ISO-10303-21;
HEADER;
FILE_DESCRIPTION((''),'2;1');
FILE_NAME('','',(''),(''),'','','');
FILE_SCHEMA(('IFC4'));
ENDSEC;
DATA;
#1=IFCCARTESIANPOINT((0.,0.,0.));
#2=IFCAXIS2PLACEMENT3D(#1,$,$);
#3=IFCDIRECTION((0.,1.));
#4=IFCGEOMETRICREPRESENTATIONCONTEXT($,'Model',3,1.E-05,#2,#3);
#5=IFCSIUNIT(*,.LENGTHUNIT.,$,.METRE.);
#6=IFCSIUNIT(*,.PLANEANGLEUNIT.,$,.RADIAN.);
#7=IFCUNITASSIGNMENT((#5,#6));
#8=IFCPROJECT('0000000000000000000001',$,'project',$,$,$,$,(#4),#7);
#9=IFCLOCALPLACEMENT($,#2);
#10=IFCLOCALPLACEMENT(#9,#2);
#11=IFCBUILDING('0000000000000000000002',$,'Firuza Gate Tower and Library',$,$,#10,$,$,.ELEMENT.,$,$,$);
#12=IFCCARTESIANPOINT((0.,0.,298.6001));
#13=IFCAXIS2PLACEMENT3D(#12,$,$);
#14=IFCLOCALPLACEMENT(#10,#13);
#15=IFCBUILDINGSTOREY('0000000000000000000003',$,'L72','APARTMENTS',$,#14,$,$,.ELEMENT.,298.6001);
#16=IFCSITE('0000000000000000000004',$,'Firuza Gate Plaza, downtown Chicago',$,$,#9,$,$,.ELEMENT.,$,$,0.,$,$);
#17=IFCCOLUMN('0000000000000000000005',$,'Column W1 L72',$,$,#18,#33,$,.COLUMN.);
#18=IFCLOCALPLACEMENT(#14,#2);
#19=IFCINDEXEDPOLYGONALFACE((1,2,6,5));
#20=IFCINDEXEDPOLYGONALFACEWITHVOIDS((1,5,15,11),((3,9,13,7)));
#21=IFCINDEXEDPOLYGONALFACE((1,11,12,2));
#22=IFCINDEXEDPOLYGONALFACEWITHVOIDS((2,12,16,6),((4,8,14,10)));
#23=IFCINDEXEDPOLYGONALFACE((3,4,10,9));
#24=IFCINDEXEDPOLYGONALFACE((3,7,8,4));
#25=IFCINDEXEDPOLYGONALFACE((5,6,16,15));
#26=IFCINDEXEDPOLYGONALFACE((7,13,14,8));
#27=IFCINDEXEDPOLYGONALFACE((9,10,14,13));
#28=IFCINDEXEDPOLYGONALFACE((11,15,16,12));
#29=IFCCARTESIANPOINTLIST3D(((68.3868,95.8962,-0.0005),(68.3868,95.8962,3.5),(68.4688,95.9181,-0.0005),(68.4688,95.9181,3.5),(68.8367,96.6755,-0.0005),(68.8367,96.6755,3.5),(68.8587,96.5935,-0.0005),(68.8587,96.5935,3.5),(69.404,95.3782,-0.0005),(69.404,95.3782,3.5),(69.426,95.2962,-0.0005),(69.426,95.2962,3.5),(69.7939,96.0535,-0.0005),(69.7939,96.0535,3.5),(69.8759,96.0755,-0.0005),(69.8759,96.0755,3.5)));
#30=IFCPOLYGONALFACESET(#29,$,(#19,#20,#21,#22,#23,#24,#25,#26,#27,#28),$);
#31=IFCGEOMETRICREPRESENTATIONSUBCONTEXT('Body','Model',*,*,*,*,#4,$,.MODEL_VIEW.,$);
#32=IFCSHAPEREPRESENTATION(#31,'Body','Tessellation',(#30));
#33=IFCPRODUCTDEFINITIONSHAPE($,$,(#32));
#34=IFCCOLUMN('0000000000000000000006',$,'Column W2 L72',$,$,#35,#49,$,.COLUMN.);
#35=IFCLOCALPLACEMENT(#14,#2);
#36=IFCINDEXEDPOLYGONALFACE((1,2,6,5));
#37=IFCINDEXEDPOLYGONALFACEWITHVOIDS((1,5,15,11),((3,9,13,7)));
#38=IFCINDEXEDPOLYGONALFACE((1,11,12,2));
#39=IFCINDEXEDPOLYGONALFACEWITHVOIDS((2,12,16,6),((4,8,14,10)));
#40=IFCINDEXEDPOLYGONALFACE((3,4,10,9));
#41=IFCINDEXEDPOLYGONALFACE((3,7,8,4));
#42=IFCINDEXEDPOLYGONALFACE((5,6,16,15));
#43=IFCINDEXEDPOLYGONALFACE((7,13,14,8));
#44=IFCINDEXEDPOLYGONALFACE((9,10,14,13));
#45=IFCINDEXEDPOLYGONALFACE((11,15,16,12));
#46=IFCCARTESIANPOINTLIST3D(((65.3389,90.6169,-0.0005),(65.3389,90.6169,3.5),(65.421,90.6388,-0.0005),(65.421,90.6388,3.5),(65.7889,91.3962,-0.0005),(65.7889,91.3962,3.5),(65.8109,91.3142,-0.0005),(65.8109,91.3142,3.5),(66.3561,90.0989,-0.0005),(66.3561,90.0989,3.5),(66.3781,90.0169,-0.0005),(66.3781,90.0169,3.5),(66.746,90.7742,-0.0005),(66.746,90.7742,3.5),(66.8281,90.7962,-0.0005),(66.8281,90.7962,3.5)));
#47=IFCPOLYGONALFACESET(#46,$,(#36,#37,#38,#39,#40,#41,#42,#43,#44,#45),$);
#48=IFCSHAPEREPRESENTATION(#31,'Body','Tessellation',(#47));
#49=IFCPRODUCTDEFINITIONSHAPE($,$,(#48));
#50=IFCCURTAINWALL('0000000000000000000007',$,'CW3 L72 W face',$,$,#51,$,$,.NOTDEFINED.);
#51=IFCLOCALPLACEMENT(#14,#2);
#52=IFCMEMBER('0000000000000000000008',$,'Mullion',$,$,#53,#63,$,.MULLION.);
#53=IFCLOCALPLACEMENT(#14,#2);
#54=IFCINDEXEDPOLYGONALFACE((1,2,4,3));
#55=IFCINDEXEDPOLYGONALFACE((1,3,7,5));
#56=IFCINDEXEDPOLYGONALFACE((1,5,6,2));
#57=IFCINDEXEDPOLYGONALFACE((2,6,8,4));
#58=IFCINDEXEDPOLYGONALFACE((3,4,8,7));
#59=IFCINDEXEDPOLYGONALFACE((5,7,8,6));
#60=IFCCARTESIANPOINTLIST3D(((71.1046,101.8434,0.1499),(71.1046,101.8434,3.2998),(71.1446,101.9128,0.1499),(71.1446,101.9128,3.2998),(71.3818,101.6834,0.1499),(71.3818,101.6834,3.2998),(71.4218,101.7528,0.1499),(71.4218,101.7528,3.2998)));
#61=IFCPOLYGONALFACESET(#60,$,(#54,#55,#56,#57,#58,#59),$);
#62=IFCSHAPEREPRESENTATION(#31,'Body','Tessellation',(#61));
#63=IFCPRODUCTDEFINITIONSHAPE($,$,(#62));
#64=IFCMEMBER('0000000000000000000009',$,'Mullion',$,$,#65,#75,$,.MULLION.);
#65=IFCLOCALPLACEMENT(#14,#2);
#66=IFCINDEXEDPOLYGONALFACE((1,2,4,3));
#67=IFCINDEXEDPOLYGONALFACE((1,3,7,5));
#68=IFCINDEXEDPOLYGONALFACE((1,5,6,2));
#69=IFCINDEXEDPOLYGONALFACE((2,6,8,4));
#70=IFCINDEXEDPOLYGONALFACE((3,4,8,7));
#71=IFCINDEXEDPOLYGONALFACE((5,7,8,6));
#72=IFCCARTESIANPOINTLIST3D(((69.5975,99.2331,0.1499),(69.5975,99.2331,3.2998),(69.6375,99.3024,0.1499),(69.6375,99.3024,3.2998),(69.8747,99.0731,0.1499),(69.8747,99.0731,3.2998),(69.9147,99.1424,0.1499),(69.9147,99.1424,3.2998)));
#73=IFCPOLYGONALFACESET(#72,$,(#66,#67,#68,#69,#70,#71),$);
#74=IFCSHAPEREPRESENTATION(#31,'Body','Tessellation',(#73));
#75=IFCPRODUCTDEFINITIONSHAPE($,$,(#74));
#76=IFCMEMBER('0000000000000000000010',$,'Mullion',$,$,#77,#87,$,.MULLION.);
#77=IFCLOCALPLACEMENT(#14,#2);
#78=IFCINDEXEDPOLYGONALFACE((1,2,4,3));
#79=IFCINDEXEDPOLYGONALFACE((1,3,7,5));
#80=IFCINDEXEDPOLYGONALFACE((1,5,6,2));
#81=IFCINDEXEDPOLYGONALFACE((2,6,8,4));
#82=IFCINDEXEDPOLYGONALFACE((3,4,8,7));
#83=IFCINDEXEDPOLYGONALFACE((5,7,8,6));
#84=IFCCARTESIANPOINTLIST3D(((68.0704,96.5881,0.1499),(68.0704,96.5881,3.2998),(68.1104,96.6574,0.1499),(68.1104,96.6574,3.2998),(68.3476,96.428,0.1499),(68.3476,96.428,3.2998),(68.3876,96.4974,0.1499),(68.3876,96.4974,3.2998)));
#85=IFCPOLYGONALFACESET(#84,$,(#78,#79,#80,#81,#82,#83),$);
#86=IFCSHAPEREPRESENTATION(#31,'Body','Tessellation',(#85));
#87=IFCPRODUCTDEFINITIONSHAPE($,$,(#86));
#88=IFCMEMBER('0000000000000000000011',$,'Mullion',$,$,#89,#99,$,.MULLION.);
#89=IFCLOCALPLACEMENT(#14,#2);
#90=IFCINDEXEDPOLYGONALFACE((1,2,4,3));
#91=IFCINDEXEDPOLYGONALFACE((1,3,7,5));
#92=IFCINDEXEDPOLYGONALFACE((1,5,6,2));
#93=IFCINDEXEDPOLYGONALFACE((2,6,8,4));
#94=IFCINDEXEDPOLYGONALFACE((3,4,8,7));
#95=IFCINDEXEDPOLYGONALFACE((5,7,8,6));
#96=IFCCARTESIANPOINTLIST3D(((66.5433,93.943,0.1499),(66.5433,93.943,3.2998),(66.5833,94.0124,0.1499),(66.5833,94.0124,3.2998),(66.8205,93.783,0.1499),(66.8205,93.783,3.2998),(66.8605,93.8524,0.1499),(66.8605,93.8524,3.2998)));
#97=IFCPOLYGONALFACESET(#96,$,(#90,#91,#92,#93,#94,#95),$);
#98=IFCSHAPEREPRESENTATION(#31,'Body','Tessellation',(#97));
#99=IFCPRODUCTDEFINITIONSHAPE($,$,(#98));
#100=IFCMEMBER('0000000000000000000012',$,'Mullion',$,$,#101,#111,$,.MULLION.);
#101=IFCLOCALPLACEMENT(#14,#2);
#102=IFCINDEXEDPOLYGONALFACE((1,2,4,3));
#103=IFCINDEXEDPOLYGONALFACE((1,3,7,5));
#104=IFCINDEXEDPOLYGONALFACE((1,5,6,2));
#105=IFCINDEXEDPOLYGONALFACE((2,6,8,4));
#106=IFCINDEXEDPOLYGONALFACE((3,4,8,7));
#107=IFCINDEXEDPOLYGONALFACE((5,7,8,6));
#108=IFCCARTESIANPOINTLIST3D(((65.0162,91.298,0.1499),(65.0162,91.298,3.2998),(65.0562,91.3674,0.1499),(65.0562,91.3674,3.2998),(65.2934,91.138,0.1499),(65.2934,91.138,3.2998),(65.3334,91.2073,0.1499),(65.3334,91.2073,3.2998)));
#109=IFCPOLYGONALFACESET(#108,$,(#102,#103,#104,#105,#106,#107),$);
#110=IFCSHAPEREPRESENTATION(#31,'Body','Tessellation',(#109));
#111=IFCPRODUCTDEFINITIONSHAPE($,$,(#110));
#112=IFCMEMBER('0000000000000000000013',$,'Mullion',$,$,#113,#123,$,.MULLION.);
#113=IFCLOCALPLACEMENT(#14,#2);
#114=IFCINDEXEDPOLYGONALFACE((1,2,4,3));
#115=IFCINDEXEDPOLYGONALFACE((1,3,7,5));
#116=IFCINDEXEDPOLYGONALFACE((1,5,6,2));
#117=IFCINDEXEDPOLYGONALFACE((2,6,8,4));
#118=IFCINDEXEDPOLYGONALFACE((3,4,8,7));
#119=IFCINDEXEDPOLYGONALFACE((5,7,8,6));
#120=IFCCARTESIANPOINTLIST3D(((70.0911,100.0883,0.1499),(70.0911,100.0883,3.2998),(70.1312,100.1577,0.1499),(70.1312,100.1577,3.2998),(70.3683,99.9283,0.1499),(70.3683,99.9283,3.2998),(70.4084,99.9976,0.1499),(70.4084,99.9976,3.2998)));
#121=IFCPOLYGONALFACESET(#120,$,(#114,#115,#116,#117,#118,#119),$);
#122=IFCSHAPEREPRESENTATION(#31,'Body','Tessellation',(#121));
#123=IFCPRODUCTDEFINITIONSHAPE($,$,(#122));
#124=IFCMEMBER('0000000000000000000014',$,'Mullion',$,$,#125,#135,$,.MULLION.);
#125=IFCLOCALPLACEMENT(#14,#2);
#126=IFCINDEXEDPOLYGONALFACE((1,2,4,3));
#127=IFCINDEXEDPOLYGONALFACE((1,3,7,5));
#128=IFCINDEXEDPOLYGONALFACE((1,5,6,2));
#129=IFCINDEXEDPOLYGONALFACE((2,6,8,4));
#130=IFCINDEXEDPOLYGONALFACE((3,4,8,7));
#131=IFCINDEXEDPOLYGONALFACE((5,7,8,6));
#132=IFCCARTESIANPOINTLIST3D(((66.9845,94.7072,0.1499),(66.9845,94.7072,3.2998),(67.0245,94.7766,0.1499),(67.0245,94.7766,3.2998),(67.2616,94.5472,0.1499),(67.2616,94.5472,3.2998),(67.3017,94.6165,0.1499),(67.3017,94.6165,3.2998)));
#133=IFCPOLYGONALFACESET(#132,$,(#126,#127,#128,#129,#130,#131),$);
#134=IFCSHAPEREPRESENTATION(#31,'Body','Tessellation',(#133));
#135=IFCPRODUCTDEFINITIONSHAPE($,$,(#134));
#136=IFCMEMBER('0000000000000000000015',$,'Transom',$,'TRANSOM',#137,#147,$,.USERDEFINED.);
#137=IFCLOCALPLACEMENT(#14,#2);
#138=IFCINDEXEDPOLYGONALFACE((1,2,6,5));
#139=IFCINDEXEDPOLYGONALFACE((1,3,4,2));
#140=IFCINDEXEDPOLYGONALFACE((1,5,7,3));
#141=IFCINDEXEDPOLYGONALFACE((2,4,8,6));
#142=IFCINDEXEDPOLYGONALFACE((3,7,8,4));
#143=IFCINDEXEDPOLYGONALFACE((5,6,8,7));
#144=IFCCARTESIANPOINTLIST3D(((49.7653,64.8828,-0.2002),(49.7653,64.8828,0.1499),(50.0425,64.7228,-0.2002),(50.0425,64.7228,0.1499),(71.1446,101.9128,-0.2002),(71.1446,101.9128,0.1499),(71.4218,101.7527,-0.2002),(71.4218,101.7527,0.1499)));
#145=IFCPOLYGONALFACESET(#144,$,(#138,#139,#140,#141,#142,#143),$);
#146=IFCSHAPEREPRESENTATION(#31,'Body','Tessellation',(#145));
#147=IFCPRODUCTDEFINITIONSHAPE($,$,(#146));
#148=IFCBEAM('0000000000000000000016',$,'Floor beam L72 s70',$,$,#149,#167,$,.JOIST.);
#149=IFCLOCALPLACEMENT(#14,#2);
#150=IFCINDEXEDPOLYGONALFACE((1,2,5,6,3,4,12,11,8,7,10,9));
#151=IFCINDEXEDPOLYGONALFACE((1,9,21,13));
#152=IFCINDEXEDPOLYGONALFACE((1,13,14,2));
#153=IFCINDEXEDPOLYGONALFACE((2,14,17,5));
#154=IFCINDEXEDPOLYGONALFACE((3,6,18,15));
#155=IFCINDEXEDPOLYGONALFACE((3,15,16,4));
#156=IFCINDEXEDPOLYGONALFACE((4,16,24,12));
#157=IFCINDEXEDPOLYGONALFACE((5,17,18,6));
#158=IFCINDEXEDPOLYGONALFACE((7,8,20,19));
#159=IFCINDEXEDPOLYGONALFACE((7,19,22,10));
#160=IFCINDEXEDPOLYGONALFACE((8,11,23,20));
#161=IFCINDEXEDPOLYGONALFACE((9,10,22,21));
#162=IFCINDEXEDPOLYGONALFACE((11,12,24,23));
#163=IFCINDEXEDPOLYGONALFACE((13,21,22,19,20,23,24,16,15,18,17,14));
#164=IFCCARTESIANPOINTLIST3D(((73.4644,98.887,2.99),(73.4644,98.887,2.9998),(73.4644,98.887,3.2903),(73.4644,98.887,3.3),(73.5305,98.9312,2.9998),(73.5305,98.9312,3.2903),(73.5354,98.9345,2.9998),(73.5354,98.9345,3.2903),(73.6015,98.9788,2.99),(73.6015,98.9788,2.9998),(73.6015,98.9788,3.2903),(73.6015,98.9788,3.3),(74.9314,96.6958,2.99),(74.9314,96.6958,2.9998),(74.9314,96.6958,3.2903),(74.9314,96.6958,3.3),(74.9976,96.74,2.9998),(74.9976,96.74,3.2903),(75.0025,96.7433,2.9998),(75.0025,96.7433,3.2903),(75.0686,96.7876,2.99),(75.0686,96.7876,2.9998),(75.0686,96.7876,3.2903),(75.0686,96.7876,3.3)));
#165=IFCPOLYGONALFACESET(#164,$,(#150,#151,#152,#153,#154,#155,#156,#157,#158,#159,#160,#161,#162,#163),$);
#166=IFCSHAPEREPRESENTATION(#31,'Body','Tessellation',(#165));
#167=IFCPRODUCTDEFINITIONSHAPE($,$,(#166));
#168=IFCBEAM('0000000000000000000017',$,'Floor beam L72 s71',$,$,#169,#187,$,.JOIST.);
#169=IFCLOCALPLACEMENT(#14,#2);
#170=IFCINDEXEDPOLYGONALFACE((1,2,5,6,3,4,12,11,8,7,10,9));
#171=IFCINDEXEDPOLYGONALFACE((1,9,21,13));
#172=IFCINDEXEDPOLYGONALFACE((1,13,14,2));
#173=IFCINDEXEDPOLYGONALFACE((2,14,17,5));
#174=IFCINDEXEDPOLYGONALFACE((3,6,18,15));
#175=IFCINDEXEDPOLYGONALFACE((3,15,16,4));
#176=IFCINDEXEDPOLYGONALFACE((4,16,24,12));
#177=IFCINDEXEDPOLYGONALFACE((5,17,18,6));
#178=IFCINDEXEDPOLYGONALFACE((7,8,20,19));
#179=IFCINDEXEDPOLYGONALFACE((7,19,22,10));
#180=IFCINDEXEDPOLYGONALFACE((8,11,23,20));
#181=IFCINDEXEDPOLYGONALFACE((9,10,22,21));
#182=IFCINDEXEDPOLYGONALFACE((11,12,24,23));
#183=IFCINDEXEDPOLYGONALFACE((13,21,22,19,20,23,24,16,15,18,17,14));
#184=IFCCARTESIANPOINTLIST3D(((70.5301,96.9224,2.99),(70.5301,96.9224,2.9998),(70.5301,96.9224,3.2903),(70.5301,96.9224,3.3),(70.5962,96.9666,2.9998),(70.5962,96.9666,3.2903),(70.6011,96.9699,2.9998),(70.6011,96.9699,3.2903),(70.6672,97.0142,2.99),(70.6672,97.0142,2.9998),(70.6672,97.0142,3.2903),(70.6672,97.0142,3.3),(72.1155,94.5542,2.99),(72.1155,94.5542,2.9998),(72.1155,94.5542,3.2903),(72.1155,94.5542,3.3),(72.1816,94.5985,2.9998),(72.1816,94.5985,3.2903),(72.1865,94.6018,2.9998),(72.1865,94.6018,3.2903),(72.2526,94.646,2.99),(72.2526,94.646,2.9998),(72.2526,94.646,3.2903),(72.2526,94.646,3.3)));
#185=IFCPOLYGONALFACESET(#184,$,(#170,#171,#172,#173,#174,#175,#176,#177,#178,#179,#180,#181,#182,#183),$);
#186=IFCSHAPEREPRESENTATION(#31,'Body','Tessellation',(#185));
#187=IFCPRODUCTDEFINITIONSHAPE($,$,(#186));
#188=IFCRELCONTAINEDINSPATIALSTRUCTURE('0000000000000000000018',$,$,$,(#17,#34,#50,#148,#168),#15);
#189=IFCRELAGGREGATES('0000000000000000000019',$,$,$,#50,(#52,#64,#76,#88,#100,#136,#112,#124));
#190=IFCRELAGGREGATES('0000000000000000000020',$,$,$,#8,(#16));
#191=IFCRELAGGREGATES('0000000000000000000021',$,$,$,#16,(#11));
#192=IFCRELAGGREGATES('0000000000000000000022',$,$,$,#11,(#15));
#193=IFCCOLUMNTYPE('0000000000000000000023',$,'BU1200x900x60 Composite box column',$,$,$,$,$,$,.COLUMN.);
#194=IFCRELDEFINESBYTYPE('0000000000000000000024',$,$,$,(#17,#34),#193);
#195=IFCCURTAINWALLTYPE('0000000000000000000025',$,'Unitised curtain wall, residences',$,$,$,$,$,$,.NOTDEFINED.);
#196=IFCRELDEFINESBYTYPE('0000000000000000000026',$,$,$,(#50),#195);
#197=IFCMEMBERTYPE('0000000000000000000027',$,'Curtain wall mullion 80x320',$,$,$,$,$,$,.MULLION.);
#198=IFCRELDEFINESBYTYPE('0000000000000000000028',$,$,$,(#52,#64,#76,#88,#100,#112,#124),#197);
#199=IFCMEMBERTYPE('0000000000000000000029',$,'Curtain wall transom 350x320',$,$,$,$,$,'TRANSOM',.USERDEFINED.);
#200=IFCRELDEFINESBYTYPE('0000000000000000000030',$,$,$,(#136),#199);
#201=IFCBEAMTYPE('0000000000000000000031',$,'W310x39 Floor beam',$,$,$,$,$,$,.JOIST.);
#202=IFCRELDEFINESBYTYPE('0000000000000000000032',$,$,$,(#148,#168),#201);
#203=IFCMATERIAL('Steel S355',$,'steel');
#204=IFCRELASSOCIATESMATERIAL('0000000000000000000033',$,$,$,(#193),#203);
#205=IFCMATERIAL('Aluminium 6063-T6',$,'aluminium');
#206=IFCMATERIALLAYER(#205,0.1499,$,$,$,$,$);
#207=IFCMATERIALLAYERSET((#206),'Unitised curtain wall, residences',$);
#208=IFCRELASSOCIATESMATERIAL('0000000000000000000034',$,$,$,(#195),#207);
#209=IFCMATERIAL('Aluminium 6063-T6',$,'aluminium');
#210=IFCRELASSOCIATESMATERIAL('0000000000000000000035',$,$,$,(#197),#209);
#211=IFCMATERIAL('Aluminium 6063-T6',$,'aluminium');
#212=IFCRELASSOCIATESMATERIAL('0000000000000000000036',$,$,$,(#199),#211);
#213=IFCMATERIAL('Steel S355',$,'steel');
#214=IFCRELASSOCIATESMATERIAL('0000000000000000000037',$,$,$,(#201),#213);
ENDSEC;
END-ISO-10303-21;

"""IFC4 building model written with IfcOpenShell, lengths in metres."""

from ifc_helpers import new_model, si_unit, direction, frame, origin, origin_2d, place, context, subcontext, project, spatial, rectangle, hollow_rectangle, i_section, extrude, material, layer, layer_set, material_profile, profile_set, type_object, element, aggregate, save


model = new_model("IFC4")

# Units and contexts
model_context = context("Model", 3, precision=1e-05, world=origin(), true_north=direction((0.0, 1.0)))
body_context = subcontext(model_context, "Body", "Model", "MODEL_VIEW")
ifc_project = project(units=[si_unit("LENGTHUNIT", "METRE"), si_unit("PLANEANGLEUNIT", "RADIAN")], contexts=[model_context])

# Site, building, storey
site_placement = place(None, origin())
site = spatial("IfcSite", under=ifc_project, at=site_placement, Name="Firuza Gate Plaza, downtown Chicago", CompositionType="ELEMENT", RefElevation=0.0)
building_placement = place(site_placement, origin())
building = spatial("IfcBuilding", under=site, at=building_placement, Name="Firuza Gate Tower and Library", CompositionType="ELEMENT")
storey_placement = place(building_placement, frame((0.0, 0.0, 298.6001)))
storey = spatial("IfcBuildingStorey", under=building, at=storey_placement, Name="L72", Description="APARTMENTS", CompositionType="ELEMENT", Elevation=298.6001)

# Columns
ifc_material_1 = material(Name="Steel S355", Category="steel")
ifc_material_profile_1 = material_profile(ifc_material_1, hollow_rectangle(XDim=0.8999, YDim=1.2, WallThickness=0.0601, at=origin_2d()))
ifc_profile_set_1 = profile_set([ifc_material_profile_1], Name="Steel S355")
column_type = type_object("IfcColumnType", Name="BU1200x900x60 Composite box column", PredefinedType="COLUMN", material=ifc_profile_set_1)
for number, where, z_axis, x_axis, name in (
    (1, (69.1313, 95.9858, -0.0005), (0.0, 0.0, 1.0), (-0.5, -0.866025, 0.0), "Column W1 L72"),
    (2, (66.0835, 90.7065, -0.0005), (0.0, 0.0, 1.0), (-0.5, -0.866025, 0.0), "Column W2 L72"),
):
    element("IfcColumn", number, at=place(storey_placement, frame(where, z_axis=z_axis, x_axis=x_axis)), inside=storey, type_object=column_type, Name=name, PredefinedType="COLUMN", context=body_context, shape_type="SweptSolid", body=[
        extrude(hollow_rectangle(XDim=0.8999, YDim=1.2, WallThickness=0.0601, at=origin_2d()), origin(), (0.0, 0.0, 1.0), 3.5005),
    ])

# Curtain wall, members
ifc_material_2 = material(Name="Aluminium 6063-T6", Category="aluminium")
ifc_layer_1 = layer(ifc_material_2, 0.1499)
ifc_layer_set_1 = layer_set([ifc_layer_1], Name="Unitised curtain wall, residences")
curtain_wall_type = type_object("IfcCurtainWallType", Name="Unitised curtain wall, residences", PredefinedType="NOTDEFINED", material=ifc_layer_set_1)
placement = place(storey_placement, origin())
curtain_wall = element("IfcCurtainWall", 3, at=placement, inside=storey, type_object=curtain_wall_type, Name="CW3 L72 W face", PredefinedType="NOTDEFINED")
ifc_material_3 = material(Name="Aluminium 6063-T6", Category="aluminium")
ifc_material_profile_2 = material_profile(ifc_material_3, rectangle(XDim=0.3201, YDim=0.0801, at=origin_2d()))
ifc_profile_set_2 = profile_set([ifc_material_profile_2], Name="Aluminium 6063-T6")
member_type_1 = type_object("IfcMemberType", Name="Curtain wall mullion 80x320", PredefinedType="MULLION", material=ifc_profile_set_2)
member_1_placement = place(storey_placement, frame((71.2632, 101.7981, 0.1499), z_axis=(0.0, 0.0, 1.0), x_axis=(0.866025, -0.5, 0.0)))
member_1 = element("IfcMember", 4, at=member_1_placement, type_object=member_type_1, Name="Mullion", PredefinedType="MULLION", context=body_context, shape_type="SweptSolid", body=[
    extrude(rectangle(XDim=0.3201, YDim=0.0801, at=origin_2d()), origin(), (0.0, 0.0, 1.0), 3.1499),
])
member_2_placement = place(storey_placement, frame((69.7561, 99.1877, 0.1499), z_axis=(0.0, 0.0, 1.0), x_axis=(0.866025, -0.5, 0.0)))
member_2 = element("IfcMember", 5, at=member_2_placement, type_object=member_type_1, Name="Mullion", PredefinedType="MULLION", context=body_context, shape_type="SweptSolid", body=[
    extrude(rectangle(XDim=0.3201, YDim=0.0801, at=origin_2d()), origin(), (0.0, 0.0, 1.0), 3.1499),
])
member_3_placement = place(storey_placement, frame((68.229, 96.5427, 0.1499), z_axis=(0.0, 0.0, 1.0), x_axis=(0.866025, -0.5, 0.0)))
member_3 = element("IfcMember", 6, at=member_3_placement, type_object=member_type_1, Name="Mullion", PredefinedType="MULLION", context=body_context, shape_type="SweptSolid", body=[
    extrude(rectangle(XDim=0.3201, YDim=0.0801, at=origin_2d()), origin(), (0.0, 0.0, 1.0), 3.1499),
])
member_4_placement = place(storey_placement, frame((66.7019, 93.8977, 0.1499), z_axis=(0.0, 0.0, 1.0), x_axis=(0.866025, -0.5, 0.0)))
member_4 = element("IfcMember", 7, at=member_4_placement, type_object=member_type_1, Name="Mullion", PredefinedType="MULLION", context=body_context, shape_type="SweptSolid", body=[
    extrude(rectangle(XDim=0.3201, YDim=0.0801, at=origin_2d()), origin(), (0.0, 0.0, 1.0), 3.1499),
])
member_5_placement = place(storey_placement, frame((65.1748, 91.2527, 0.1499), z_axis=(0.0, 0.0, 1.0), x_axis=(0.866025, -0.5, 0.0)))
member_5 = element("IfcMember", 8, at=member_5_placement, type_object=member_type_1, Name="Mullion", PredefinedType="MULLION", context=body_context, shape_type="SweptSolid", body=[
    extrude(rectangle(XDim=0.3201, YDim=0.0801, at=origin_2d()), origin(), (0.0, 0.0, 1.0), 3.1499),
])
member_6_placement = place(storey_placement, frame((70.2498, 100.043, 0.1499), z_axis=(0.0, 0.0, 1.0), x_axis=(0.866025, -0.5, 0.0)))
member_6 = element("IfcMember", 9, at=member_6_placement, type_object=member_type_1, Name="Mullion", PredefinedType="MULLION", context=body_context, shape_type="SweptSolid", body=[
    extrude(rectangle(XDim=0.3201, YDim=0.0801, at=origin_2d()), origin(), (0.0, 0.0, 1.0), 3.1499),
])
member_7_placement = place(storey_placement, frame((67.1431, 94.6619, 0.1499), z_axis=(0.0, 0.0, 1.0), x_axis=(0.866025, -0.5, 0.0)))
member_7 = element("IfcMember", 10, at=member_7_placement, type_object=member_type_1, Name="Mullion", PredefinedType="MULLION", context=body_context, shape_type="SweptSolid", body=[
    extrude(rectangle(XDim=0.3201, YDim=0.0801, at=origin_2d()), origin(), (0.0, 0.0, 1.0), 3.1499),
])
ifc_material_4 = material(Name="Aluminium 6063-T6", Category="aluminium")
ifc_material_profile_3 = material_profile(ifc_material_4, rectangle(XDim=0.3201, YDim=0.3501, at=origin_2d()))
ifc_profile_set_3 = profile_set([ifc_material_profile_3], Name="Aluminium 6063-T6")
member_type_2 = type_object("IfcMemberType", Name="Curtain wall transom 350x320", ElementType="TRANSOM", PredefinedType="USERDEFINED", material=ifc_profile_set_3)
member_8_placement = place(storey_placement, frame((71.2832, 101.8328, -0.0251), z_axis=(-0.500002, -0.866024, 0.0), x_axis=(0.866024, -0.500002, 0.0)))
member_8 = element("IfcMember", 11, at=member_8_placement, type_object=member_type_2, Name="Transom", ObjectType="TRANSOM", PredefinedType="USERDEFINED", context=body_context, shape_type="SweptSolid", body=[
    extrude(rectangle(XDim=0.3201, YDim=0.3501, at=origin_2d()), origin(), (0.0, 0.0, 1.0), 42.7585),
])

# Beams
ifc_material_5 = material(Name="Steel S355", Category="steel")
ifc_material_profile_4 = material_profile(ifc_material_5, i_section(OverallWidth=0.165, OverallDepth=0.3101, WebThickness=0.0059, FlangeThickness=0.0098, at=origin_2d()))
ifc_profile_set_4 = profile_set([ifc_material_profile_4], Name="Steel S355")
beam_type_1 = type_object("IfcBeamType", Name="W310x39 Floor beam", PredefinedType="JOIST", material=ifc_profile_set_4)
beam_1_placement = place(storey_placement, frame((73.533, 98.9329, 3.145), z_axis=(0.556344, -0.830952, 0.0), x_axis=(0.830952, 0.556344, 0.0)))
element("IfcBeam", 12, at=beam_1_placement, inside=storey, type_object=beam_type_1, Name="Floor beam L72 s70", PredefinedType="JOIST", context=body_context, shape_type="SweptSolid", body=[
    extrude(i_section(OverallWidth=0.165, OverallDepth=0.3101, WebThickness=0.0059, FlangeThickness=0.0098, at=origin_2d()), origin(), (0.0, 0.0, 1.0), 2.637),
])
beam_2_placement = place(storey_placement, frame((70.5986, 96.9683, 3.145), z_axis=(0.55632, -0.830968, 0.0), x_axis=(0.830968, 0.55632, 0.0)))
element("IfcBeam", 13, at=beam_2_placement, inside=storey, type_object=beam_type_1, Name="Floor beam L72 s71", PredefinedType="JOIST", context=body_context, shape_type="SweptSolid", body=[
    extrude(i_section(OverallWidth=0.165, OverallDepth=0.3101, WebThickness=0.0059, FlangeThickness=0.0098, at=origin_2d()), origin(), (0.0, 0.0, 1.0), 2.8499),
])

aggregate(curtain_wall, [member_1, member_2, member_3, member_4, member_5, member_8, member_6, member_7])

save(model, "model.ifc")
